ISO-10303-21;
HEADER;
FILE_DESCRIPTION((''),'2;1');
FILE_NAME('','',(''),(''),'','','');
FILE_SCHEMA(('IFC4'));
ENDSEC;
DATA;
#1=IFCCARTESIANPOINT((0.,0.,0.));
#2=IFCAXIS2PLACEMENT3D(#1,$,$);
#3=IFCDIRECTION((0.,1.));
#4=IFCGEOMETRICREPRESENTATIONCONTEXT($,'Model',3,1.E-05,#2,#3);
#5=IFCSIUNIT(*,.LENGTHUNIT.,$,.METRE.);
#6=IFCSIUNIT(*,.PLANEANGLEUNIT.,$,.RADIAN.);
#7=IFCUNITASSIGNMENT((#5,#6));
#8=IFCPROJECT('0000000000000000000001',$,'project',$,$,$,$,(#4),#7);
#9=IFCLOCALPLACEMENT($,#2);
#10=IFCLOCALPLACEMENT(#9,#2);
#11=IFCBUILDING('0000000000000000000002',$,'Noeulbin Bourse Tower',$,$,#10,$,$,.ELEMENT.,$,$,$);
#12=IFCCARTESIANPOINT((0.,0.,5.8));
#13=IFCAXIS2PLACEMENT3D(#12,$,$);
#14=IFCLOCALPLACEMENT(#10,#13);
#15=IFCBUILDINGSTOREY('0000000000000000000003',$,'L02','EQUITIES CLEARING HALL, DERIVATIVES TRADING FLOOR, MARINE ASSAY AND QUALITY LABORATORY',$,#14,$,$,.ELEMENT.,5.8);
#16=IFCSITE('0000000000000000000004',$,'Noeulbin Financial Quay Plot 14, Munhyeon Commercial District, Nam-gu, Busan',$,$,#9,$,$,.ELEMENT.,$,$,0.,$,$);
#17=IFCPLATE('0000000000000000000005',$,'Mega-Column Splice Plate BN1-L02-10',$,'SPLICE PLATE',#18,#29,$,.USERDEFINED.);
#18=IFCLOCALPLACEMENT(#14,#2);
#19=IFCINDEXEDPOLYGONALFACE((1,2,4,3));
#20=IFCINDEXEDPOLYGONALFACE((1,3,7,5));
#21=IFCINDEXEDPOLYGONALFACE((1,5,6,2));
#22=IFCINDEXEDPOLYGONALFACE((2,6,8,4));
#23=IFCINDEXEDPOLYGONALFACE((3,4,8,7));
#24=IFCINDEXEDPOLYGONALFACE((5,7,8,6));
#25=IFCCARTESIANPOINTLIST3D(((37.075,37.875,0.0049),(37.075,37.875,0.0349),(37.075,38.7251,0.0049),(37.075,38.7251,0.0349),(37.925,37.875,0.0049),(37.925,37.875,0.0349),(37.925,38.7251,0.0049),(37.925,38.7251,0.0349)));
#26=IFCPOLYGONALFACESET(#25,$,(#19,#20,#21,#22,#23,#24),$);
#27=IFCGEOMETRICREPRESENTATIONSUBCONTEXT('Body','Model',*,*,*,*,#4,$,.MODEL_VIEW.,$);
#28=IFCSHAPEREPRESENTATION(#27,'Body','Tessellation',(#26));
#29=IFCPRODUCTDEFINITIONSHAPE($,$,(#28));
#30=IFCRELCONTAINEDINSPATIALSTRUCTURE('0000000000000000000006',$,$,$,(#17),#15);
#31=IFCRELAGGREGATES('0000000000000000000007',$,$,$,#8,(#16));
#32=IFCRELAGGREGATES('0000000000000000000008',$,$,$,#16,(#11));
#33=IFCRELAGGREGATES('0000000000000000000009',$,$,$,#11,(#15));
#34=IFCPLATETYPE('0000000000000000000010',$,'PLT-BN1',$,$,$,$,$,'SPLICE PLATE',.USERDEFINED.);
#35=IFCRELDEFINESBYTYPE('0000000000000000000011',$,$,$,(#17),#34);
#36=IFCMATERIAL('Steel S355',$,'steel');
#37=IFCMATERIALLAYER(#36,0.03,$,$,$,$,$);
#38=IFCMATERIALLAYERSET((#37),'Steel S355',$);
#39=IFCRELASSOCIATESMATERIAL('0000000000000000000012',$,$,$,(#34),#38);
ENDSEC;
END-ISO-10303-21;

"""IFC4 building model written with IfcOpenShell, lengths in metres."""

from ifc_helpers import new_model, si_unit, direction, frame, origin, origin_2d, place, context, subcontext, project, spatial, rectangle, extrude, material, layer, layer_set, type_object, element, save


model = new_model("IFC4")

# Units and contexts
model_context = context("Model", 3, precision=1e-05, world=origin(), true_north=direction((0.0, 1.0)))
body_context = subcontext(model_context, "Body", "Model", "MODEL_VIEW")
ifc_project = project(units=[si_unit("LENGTHUNIT", "METRE"), si_unit("PLANEANGLEUNIT", "RADIAN")], contexts=[model_context])

# Site, building, storey
site_placement = place(None, origin())
site = spatial("IfcSite", under=ifc_project, at=site_placement, Name="Noeulbin Financial Quay Plot 14, Munhyeon Commercial District, Nam-gu, Busan", CompositionType="ELEMENT", RefElevation=0.0)
building_placement = place(site_placement, origin())
building = spatial("IfcBuilding", under=site, at=building_placement, Name="Noeulbin Bourse Tower", CompositionType="ELEMENT")
storey_placement = place(building_placement, frame((0.0, 0.0, 5.8)))
storey = spatial("IfcBuildingStorey", under=building, at=storey_placement, Name="L02", Description="EQUITIES CLEARING HALL, DERIVATIVES TRADING FLOOR, MARINE ASSAY AND QUALITY LABORATORY", CompositionType="ELEMENT", Elevation=5.8)

# Shared definitions
ifc_material_1 = material(Name="Steel S355", Category="steel")

# Plate
ifc_layer = layer(ifc_material_1, 0.03)
ifc_layer_set = layer_set([ifc_layer], Name="Steel S355")
plate_type = type_object("IfcPlateType", Name="PLT-BN1", ElementType="SPLICE PLATE", PredefinedType="USERDEFINED", material=ifc_layer_set)
plate_placement = place(storey_placement, frame((37.5, 38.3, 0.0049), z_axis=(0.0, 0.0, 1.0), x_axis=(1.0, 0.0, 0.0)))
element("IfcPlate", 1, at=plate_placement, inside=storey, type_object=plate_type, Name="Mega-Column Splice Plate BN1-L02-10", ObjectType="SPLICE PLATE", PredefinedType="USERDEFINED", context=body_context, shape_type="SweptSolid", body=[
    extrude(rectangle(XDim=0.8501, YDim=0.8501, at=origin_2d()), origin(), (0.0, 0.0, 1.0), 0.03),
])

save(model, "model.ifc")
